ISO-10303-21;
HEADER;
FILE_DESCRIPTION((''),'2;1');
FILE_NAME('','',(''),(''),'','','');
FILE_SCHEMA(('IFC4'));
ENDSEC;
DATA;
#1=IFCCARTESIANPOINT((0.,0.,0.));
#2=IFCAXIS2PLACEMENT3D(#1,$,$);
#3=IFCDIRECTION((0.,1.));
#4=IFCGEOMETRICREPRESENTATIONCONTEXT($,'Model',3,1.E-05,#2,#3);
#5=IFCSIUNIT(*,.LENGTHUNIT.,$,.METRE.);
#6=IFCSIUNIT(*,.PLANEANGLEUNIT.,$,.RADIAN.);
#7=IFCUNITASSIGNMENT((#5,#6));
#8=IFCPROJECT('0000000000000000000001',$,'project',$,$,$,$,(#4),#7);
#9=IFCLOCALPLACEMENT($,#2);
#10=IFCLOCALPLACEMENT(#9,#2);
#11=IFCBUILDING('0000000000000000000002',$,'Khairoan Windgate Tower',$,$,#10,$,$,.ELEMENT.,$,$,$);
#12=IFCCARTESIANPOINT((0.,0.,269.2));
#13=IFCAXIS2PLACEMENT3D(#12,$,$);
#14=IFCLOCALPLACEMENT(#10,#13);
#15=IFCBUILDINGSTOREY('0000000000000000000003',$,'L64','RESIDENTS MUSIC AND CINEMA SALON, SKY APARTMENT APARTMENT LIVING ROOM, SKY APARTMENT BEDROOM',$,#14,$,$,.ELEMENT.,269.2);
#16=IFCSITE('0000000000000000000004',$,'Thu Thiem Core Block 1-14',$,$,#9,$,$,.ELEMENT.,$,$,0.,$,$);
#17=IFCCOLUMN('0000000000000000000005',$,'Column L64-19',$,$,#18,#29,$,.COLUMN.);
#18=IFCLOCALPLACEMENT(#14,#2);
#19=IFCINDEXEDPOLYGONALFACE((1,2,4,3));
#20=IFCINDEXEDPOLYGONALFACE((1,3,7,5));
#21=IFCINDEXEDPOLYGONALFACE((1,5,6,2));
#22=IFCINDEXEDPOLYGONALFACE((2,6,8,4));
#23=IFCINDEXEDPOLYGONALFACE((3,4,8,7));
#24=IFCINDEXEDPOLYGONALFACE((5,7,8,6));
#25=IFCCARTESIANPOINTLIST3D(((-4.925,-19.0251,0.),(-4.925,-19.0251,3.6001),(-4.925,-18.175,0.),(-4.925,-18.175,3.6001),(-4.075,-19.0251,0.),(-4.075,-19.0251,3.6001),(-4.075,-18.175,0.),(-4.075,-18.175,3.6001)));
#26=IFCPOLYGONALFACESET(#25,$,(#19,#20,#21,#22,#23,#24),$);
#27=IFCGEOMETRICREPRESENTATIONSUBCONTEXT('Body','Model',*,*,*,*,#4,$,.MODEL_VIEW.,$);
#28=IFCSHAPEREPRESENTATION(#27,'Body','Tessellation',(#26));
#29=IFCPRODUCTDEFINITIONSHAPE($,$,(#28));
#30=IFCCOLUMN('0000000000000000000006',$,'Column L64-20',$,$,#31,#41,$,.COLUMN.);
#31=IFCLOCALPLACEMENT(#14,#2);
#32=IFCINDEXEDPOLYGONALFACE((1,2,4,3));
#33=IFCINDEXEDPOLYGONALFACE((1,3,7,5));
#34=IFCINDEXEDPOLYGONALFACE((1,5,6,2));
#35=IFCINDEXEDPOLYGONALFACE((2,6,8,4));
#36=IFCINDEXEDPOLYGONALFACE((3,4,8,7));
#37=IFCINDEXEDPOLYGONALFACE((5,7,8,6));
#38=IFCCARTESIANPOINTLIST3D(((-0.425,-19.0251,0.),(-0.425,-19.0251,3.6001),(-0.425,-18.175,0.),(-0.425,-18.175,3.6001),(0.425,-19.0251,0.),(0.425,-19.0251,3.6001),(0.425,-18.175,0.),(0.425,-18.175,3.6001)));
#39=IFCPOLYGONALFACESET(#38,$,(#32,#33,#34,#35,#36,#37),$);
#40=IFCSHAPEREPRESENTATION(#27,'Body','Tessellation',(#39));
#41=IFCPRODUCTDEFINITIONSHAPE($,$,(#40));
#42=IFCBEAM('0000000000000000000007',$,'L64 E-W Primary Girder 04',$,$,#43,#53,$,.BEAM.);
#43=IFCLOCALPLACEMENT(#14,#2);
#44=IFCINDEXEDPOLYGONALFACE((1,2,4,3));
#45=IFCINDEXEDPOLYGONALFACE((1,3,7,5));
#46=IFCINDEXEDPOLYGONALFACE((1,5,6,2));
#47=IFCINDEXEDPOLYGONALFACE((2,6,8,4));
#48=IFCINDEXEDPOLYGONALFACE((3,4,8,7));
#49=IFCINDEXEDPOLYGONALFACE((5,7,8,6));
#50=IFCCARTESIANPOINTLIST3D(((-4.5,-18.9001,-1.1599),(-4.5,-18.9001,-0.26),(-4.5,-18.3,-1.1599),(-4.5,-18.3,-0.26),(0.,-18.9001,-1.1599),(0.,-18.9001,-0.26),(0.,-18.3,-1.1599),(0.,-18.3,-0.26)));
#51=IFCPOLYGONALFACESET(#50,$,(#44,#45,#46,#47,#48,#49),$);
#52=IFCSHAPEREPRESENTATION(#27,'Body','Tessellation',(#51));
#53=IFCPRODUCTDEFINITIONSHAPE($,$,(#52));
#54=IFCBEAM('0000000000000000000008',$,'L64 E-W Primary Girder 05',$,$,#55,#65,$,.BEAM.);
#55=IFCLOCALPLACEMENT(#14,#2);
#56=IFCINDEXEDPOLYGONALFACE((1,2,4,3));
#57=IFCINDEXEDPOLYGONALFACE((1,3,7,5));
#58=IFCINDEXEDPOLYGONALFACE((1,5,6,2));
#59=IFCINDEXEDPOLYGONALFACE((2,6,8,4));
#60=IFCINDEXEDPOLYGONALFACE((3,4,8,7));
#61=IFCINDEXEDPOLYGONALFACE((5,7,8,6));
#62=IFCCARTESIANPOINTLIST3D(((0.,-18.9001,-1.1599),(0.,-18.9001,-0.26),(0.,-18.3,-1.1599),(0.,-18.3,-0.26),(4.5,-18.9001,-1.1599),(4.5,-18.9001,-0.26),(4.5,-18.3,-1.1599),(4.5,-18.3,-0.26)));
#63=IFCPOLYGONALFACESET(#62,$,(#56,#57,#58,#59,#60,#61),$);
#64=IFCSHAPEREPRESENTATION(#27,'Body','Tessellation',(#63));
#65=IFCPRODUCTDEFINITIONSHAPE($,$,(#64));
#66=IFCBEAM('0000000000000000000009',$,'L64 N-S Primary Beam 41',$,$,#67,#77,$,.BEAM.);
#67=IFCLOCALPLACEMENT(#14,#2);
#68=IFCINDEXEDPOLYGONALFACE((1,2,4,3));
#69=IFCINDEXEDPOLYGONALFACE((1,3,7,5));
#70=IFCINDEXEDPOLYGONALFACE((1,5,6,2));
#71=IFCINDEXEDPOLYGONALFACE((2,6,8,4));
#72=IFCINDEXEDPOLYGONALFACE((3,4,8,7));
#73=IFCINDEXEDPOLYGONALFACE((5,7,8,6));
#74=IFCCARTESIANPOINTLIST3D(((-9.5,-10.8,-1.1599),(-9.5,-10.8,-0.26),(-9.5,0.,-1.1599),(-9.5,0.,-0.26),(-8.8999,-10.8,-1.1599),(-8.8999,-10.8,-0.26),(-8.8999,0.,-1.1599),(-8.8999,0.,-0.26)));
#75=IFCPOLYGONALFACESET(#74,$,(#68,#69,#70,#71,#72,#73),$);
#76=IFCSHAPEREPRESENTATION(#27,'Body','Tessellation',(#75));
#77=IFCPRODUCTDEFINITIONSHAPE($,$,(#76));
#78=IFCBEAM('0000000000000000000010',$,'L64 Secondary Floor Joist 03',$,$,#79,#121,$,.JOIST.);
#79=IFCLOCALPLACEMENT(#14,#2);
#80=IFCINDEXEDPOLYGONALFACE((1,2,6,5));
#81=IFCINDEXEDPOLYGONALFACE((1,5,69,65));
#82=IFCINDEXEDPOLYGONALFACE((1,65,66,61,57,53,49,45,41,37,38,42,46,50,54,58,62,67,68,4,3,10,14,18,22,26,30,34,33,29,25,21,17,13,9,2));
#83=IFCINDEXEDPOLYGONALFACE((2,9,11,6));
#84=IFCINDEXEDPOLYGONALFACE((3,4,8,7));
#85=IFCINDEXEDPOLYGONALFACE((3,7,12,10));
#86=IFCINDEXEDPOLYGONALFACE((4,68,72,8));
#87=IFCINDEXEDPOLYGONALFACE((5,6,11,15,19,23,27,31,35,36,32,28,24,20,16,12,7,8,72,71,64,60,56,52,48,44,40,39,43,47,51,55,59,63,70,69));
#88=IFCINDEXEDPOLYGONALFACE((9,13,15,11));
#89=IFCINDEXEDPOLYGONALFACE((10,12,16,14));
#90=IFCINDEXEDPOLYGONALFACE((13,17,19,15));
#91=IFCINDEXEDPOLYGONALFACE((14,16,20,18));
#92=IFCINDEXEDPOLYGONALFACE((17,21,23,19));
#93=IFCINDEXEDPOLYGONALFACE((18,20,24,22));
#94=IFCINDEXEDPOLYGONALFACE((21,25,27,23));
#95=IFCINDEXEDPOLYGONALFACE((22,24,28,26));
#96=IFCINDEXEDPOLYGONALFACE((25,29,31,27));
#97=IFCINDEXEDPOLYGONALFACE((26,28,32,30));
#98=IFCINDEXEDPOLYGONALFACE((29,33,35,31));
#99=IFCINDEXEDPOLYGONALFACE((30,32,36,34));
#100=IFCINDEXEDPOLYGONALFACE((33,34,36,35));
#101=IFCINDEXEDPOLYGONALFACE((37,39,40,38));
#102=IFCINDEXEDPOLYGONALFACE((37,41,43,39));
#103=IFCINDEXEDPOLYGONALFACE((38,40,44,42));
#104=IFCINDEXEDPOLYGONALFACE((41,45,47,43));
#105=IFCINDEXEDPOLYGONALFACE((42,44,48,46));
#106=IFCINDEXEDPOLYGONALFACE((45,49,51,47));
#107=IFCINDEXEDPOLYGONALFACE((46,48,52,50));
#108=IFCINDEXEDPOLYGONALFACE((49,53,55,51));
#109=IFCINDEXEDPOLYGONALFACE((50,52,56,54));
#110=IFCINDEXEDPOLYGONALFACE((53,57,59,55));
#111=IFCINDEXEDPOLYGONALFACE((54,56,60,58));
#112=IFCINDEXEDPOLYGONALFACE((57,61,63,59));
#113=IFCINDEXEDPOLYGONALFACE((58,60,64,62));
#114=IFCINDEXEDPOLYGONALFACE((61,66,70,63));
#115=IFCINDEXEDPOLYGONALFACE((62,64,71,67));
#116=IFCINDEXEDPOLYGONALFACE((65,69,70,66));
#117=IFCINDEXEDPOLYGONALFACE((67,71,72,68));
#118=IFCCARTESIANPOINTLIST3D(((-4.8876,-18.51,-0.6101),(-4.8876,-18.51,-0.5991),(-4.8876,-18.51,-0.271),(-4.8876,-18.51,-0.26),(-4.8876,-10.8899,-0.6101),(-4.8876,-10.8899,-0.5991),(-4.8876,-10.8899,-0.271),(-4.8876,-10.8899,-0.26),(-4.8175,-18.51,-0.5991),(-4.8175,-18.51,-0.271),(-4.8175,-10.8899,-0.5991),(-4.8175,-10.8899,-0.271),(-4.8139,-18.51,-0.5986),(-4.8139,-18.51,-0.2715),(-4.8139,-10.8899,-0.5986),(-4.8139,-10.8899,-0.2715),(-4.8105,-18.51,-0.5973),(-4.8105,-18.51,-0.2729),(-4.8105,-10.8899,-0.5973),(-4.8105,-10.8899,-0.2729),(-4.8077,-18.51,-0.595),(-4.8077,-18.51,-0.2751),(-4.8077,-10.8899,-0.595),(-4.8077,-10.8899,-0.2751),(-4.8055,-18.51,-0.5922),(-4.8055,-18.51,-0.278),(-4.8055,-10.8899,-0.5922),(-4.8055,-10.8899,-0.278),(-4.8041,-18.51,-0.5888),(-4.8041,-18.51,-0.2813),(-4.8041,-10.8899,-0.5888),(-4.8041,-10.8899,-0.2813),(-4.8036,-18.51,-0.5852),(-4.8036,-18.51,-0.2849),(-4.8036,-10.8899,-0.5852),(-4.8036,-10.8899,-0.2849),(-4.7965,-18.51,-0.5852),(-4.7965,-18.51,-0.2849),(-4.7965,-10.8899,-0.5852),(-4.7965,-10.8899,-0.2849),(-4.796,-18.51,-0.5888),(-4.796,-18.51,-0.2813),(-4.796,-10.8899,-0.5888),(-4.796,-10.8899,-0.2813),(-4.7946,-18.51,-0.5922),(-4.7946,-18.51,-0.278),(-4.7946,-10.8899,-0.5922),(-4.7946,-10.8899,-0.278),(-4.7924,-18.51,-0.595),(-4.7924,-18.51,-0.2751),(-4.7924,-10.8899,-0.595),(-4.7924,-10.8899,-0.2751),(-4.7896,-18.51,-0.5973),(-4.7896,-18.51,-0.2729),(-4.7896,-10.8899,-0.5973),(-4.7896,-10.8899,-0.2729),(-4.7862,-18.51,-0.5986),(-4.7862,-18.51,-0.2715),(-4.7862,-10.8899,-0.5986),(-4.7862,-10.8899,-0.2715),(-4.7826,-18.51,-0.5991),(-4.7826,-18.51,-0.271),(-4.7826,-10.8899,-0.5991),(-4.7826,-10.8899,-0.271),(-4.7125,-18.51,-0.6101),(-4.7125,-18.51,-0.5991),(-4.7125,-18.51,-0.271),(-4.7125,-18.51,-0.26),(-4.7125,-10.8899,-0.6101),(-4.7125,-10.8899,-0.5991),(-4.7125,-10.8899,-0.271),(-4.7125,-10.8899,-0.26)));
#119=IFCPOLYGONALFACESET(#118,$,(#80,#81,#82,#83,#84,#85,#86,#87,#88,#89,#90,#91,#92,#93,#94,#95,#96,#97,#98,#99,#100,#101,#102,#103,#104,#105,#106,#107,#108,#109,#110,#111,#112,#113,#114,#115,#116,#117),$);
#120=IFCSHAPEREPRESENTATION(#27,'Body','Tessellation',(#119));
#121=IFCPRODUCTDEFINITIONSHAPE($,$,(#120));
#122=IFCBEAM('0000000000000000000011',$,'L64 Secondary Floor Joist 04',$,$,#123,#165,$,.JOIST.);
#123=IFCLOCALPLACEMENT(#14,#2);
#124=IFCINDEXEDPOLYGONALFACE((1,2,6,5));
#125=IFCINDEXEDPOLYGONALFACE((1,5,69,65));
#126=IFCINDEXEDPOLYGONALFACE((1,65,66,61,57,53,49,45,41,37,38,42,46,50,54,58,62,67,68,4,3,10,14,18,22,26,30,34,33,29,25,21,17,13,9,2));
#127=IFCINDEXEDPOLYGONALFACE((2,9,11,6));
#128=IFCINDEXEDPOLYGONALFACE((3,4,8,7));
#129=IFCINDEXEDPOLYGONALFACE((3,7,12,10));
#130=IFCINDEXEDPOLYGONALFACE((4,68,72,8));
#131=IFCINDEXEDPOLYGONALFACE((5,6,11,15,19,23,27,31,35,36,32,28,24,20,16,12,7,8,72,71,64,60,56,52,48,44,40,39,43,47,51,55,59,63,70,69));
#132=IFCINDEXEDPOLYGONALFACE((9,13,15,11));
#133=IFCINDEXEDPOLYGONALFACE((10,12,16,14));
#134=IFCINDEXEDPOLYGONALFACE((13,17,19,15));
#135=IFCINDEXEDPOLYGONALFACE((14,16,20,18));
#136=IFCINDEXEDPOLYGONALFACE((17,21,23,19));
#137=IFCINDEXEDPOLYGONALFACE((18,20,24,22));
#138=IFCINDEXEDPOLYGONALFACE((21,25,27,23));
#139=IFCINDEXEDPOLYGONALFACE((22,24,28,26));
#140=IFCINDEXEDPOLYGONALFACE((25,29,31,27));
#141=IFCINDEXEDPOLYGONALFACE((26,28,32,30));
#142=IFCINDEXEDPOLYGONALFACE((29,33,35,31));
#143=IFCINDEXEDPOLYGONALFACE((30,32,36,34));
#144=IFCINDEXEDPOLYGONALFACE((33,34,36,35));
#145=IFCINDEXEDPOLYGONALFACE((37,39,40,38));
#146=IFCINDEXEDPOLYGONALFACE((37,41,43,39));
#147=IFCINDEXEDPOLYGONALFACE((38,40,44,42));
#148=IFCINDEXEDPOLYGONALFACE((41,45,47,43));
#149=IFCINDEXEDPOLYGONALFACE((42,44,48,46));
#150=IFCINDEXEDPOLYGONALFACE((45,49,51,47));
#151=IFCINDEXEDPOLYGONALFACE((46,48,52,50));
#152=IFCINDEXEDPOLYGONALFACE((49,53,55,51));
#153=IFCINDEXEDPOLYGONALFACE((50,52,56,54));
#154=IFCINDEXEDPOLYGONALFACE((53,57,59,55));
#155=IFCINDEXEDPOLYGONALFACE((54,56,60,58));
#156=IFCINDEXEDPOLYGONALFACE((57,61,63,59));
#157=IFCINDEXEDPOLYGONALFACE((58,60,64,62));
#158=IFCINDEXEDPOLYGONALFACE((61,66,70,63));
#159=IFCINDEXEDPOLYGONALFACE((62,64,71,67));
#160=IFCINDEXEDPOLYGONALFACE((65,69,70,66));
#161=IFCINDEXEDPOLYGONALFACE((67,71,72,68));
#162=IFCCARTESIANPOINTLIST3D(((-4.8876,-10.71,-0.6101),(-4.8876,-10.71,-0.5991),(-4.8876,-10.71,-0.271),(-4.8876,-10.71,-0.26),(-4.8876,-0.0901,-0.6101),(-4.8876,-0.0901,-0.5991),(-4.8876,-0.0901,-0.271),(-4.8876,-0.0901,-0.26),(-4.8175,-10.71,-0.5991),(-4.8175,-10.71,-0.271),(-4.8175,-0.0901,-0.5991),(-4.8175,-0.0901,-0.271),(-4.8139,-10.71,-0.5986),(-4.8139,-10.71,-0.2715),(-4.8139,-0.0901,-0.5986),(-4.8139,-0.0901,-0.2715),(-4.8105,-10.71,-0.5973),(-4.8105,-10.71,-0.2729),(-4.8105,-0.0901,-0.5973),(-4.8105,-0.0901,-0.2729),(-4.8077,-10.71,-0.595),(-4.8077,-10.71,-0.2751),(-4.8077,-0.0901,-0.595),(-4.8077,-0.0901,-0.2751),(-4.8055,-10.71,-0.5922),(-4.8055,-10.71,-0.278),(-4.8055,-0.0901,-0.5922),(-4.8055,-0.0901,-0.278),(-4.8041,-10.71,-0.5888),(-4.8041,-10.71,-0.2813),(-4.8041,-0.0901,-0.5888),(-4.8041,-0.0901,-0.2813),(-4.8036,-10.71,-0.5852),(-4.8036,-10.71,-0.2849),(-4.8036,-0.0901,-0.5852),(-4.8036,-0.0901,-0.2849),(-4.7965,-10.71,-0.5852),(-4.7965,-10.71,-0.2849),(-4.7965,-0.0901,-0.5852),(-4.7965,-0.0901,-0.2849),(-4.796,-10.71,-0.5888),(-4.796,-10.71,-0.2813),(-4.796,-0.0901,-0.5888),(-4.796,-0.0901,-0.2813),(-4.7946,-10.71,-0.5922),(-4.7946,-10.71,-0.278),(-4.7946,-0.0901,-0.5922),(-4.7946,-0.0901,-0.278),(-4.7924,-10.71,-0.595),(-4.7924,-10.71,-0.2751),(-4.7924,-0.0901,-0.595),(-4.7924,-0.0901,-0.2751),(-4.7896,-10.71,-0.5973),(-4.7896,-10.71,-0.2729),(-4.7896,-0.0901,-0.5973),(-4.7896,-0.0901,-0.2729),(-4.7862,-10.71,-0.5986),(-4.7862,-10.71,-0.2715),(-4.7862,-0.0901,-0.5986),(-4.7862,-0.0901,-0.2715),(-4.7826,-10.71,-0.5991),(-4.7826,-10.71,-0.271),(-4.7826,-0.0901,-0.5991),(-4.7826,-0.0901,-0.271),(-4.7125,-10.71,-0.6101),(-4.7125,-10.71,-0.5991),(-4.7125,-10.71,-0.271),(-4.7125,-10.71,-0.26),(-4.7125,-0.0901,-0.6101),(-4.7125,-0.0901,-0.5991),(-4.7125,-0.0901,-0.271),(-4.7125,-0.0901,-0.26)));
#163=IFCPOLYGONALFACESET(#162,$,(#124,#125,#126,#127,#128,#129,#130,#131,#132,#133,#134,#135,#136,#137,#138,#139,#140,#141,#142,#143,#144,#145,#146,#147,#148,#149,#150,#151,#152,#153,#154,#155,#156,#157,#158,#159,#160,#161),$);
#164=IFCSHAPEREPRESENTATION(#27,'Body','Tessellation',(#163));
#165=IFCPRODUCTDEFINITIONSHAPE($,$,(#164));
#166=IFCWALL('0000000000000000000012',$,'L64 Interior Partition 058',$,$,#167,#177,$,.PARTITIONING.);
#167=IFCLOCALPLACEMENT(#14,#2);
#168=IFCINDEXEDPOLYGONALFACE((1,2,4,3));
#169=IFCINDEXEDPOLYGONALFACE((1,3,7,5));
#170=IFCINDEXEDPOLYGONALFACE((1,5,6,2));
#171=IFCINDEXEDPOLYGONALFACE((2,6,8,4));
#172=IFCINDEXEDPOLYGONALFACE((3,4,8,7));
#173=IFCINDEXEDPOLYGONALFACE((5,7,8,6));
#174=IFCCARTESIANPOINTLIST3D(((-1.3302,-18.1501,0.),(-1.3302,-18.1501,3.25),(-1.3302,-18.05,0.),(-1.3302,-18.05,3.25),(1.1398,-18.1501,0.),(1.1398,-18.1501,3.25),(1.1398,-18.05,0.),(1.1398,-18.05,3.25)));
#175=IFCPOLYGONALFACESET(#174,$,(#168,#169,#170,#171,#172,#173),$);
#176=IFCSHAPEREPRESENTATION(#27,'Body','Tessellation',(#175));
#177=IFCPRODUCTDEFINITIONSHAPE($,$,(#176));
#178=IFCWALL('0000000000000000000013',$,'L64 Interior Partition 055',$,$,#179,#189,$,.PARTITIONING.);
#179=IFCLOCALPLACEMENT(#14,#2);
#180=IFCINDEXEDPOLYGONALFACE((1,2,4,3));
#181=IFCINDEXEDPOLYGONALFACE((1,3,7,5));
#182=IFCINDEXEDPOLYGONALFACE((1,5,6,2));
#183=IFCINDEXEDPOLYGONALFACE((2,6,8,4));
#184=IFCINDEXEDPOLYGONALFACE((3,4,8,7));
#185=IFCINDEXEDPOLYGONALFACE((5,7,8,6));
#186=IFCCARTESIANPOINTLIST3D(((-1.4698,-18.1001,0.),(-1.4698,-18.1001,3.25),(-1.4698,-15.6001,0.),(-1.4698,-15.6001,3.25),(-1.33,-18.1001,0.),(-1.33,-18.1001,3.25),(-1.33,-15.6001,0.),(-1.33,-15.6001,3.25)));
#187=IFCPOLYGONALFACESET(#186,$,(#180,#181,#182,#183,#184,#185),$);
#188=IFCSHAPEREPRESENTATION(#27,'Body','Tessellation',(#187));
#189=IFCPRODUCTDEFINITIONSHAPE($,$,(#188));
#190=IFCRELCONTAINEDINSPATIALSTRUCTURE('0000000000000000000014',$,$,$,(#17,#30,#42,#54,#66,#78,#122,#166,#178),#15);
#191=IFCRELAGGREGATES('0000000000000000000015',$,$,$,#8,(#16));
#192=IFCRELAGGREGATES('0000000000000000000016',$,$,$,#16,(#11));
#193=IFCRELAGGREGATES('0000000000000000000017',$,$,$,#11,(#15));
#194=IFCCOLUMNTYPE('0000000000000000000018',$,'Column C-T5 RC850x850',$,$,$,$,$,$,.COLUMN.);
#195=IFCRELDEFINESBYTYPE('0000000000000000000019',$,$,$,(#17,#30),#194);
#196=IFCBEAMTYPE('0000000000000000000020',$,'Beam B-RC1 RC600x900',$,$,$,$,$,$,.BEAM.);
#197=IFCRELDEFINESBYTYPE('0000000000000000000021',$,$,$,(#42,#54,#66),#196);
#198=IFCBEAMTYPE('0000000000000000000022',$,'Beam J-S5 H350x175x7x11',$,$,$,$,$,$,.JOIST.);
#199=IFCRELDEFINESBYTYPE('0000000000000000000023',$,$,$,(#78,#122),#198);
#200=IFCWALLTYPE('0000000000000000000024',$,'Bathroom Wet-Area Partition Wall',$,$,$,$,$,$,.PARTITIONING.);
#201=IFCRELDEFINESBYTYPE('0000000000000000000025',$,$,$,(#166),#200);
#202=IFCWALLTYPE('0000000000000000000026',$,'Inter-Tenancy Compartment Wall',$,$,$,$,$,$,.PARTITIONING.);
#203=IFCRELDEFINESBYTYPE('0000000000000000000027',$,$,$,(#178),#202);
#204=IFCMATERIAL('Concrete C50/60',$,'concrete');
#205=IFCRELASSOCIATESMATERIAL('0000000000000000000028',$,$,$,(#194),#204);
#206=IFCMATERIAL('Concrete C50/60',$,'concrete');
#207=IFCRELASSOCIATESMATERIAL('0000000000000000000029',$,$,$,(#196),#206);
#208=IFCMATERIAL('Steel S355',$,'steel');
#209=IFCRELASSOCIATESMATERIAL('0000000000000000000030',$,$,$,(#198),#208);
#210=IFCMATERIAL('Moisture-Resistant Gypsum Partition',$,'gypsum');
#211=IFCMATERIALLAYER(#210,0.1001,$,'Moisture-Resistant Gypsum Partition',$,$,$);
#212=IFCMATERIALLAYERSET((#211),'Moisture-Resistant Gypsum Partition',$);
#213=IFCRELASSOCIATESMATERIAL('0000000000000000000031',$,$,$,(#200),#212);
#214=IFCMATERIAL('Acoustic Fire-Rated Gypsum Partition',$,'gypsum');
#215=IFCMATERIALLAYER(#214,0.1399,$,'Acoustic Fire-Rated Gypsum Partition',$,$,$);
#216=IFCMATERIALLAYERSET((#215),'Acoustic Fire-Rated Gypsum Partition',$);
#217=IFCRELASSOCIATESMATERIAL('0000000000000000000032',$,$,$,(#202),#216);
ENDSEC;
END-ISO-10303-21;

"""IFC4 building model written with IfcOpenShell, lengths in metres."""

from ifc_helpers import new_model, si_unit, direction, frame, frame_2d, origin, origin_2d, place, context, subcontext, project, spatial, rectangle, i_section, extrude, material, layer, layer_set, material_profile, profile_set, type_object, element, save


model = new_model("IFC4")

# Units and contexts
model_context = context("Model", 3, precision=1e-05, world=origin(), true_north=direction((0.0, 1.0)))
body_context = subcontext(model_context, "Body", "Model", "MODEL_VIEW")
ifc_project = project(units=[si_unit("LENGTHUNIT", "METRE"), si_unit("PLANEANGLEUNIT", "RADIAN")], contexts=[model_context])

# Site, building, storey
site_placement = place(None, origin())
site = spatial("IfcSite", under=ifc_project, at=site_placement, Name="Thu Thiem Core Block 1-14", CompositionType="ELEMENT", RefElevation=0.0)
building_placement = place(site_placement, origin())
building = spatial("IfcBuilding", under=site, at=building_placement, Name="Khairoan Windgate Tower", CompositionType="ELEMENT")
storey_placement = place(building_placement, frame((0.0, 0.0, 269.2)))
storey = spatial("IfcBuildingStorey", under=building, at=storey_placement, Name="L64", Description="RESIDENTS MUSIC AND CINEMA SALON, SKY APARTMENT APARTMENT LIVING ROOM, SKY APARTMENT BEDROOM", CompositionType="ELEMENT", Elevation=269.2)

# Columns
ifc_material_1 = material(Name="Concrete C50/60", Category="concrete")
ifc_material_profile_1 = material_profile(ifc_material_1, rectangle(XDim=0.8501, YDim=0.8501, at=origin_2d()))
ifc_profile_set_1 = profile_set([ifc_material_profile_1], Name="Concrete C50/60")
column_type = type_object("IfcColumnType", Name="Column C-T5 RC850x850", PredefinedType="COLUMN", material=ifc_profile_set_1)
for number, where, z_axis, x_axis, name in (
    (1, (-4.5, -18.6001, 0.0), (0.0, 0.0, 1.0), (1.0, 0.0, 0.0), "Column L64-19"),
    (2, (0.0, -18.6001, 0.0), (0.0, 0.0, 1.0), (1.0, 0.0, 0.0), "Column L64-20"),
):
    element("IfcColumn", number, at=place(storey_placement, frame(where, z_axis=z_axis, x_axis=x_axis)), inside=storey, type_object=column_type, Name=name, PredefinedType="COLUMN", context=body_context, shape_type="SweptSolid", body=[
        extrude(rectangle(XDim=0.8501, YDim=0.8501, at=origin_2d()), origin(), (0.0, 0.0, 1.0), 3.6001),
    ])

# Beams
ifc_material_2 = material(Name="Concrete C50/60", Category="concrete")
ifc_material_profile_2 = material_profile(ifc_material_2, rectangle(XDim=0.6001, YDim=0.8999, at=origin_2d()))
ifc_profile_set_2 = profile_set([ifc_material_profile_2], Name="Concrete C50/60")
beam_type_1 = type_object("IfcBeamType", Name="Beam B-RC1 RC600x900", PredefinedType="BEAM", material=ifc_profile_set_2)
for number, where, z_axis, x_axis, name in (
    (3, (-4.5, -18.6001, -0.71), (1.0, 0.0, 0.0), (0.0, 1.0, 0.0), "L64 E-W Primary Girder 04"),
    (4, (0.0, -18.6001, -0.71), (1.0, 0.0, 0.0), (0.0, 1.0, 0.0), "L64 E-W Primary Girder 05"),
):
    element("IfcBeam", number, at=place(storey_placement, frame(where, z_axis=z_axis, x_axis=x_axis)), inside=storey, type_object=beam_type_1, Name=name, PredefinedType="BEAM", context=body_context, shape_type="SweptSolid", body=[
        extrude(rectangle(XDim=0.6001, YDim=0.8999, at=origin_2d()), origin(), (0.0, 0.0, 1.0), 4.5),
    ])
beam_1_placement = place(storey_placement, frame((-9.2, -10.8, -0.71), z_axis=(0.0, 1.0, 0.0), x_axis=(-1.0, 0.0, 0.0)))
element("IfcBeam", 5, at=beam_1_placement, inside=storey, type_object=beam_type_1, Name="L64 N-S Primary Beam 41", PredefinedType="BEAM", context=body_context, shape_type="SweptSolid", body=[
    extrude(rectangle(XDim=0.6001, YDim=0.8999, at=origin_2d()), origin(), (0.0, 0.0, 1.0), 10.8),
])
ifc_material_3 = material(Name="Steel S355", Category="steel")
ifc_material_profile_3 = material_profile(ifc_material_3, i_section(OverallWidth=0.175, OverallDepth=0.3501, WebThickness=0.0071, FlangeThickness=0.011, FilletRadius=0.0139, at=origin_2d()))
ifc_profile_set_3 = profile_set([ifc_material_profile_3], Name="Steel S355")
beam_type_2 = type_object("IfcBeamType", Name="Beam J-S5 H350x175x7x11", PredefinedType="JOIST", material=ifc_profile_set_3)
beam_2_placement = place(storey_placement, frame((-4.8, -18.51, -0.4351), z_axis=(0.0, 1.0, 0.0), x_axis=(-1.0, 0.0, 0.0)))
element("IfcBeam", 6, at=beam_2_placement, inside=storey, type_object=beam_type_2, Name="L64 Secondary Floor Joist 03", PredefinedType="JOIST", context=body_context, shape_type="SweptSolid", body=[
    extrude(i_section(OverallWidth=0.175, OverallDepth=0.3501, WebThickness=0.0071, FlangeThickness=0.011, FilletRadius=0.0139, at=origin_2d()), origin(), (0.0, 0.0, 1.0), 7.6201),
])
beam_3_placement = place(storey_placement, frame((-4.8, -10.71, -0.4351), z_axis=(0.0, 1.0, 0.0), x_axis=(-1.0, 0.0, 0.0)))
element("IfcBeam", 7, at=beam_3_placement, inside=storey, type_object=beam_type_2, Name="L64 Secondary Floor Joist 04", PredefinedType="JOIST", context=body_context, shape_type="SweptSolid", body=[
    extrude(i_section(OverallWidth=0.175, OverallDepth=0.3501, WebThickness=0.0071, FlangeThickness=0.011, FilletRadius=0.0139, at=origin_2d()), origin(), (0.0, 0.0, 1.0), 10.6199),
])

# Walls
ifc_material_4 = material(Name="Moisture-Resistant Gypsum Partition", Category="gypsum")
ifc_layer_1 = layer(ifc_material_4, 0.1001, Name="Moisture-Resistant Gypsum Partition")
ifc_layer_set_1 = layer_set([ifc_layer_1], Name="Moisture-Resistant Gypsum Partition")
wall_type_1 = type_object("IfcWallType", Name="Bathroom Wet-Area Partition Wall", PredefinedType="PARTITIONING", material=ifc_layer_set_1)
wall_1_placement = place(storey_placement, frame((-1.3301, -18.1001, 0.0), z_axis=(0.0, 0.0, 1.0), x_axis=(1.0, 0.0, 0.0)))
element("IfcWall", 8, at=wall_1_placement, inside=storey, type_object=wall_type_1, Name="L64 Interior Partition 058", PredefinedType="PARTITIONING", context=body_context, shape_type="SweptSolid", body=[
    extrude(rectangle(XDim=2.47, YDim=0.1001, at=frame_2d((1.2349, 0.0))), origin(), (0.0, 0.0, 1.0), 3.25),
])
ifc_material_5 = material(Name="Acoustic Fire-Rated Gypsum Partition", Category="gypsum")
ifc_layer_2 = layer(ifc_material_5, 0.1399, Name="Acoustic Fire-Rated Gypsum Partition")
ifc_layer_set_2 = layer_set([ifc_layer_2], Name="Acoustic Fire-Rated Gypsum Partition")
wall_type_2 = type_object("IfcWallType", Name="Inter-Tenancy Compartment Wall", PredefinedType="PARTITIONING", material=ifc_layer_set_2)
wall_2_placement = place(storey_placement, frame((-1.3999, -18.1001, 0.0), z_axis=(0.0, 0.0, 1.0), x_axis=(0.0, 1.0, 0.0)))
element("IfcWall", 9, at=wall_2_placement, inside=storey, type_object=wall_type_2, Name="L64 Interior Partition 055", PredefinedType="PARTITIONING", context=body_context, shape_type="SweptSolid", body=[
    extrude(rectangle(XDim=2.5, YDim=0.1399, at=frame_2d((1.25, 0.0))), origin(), (0.0, 0.0, 1.0), 3.25),
])

save(model, "model.ifc")
